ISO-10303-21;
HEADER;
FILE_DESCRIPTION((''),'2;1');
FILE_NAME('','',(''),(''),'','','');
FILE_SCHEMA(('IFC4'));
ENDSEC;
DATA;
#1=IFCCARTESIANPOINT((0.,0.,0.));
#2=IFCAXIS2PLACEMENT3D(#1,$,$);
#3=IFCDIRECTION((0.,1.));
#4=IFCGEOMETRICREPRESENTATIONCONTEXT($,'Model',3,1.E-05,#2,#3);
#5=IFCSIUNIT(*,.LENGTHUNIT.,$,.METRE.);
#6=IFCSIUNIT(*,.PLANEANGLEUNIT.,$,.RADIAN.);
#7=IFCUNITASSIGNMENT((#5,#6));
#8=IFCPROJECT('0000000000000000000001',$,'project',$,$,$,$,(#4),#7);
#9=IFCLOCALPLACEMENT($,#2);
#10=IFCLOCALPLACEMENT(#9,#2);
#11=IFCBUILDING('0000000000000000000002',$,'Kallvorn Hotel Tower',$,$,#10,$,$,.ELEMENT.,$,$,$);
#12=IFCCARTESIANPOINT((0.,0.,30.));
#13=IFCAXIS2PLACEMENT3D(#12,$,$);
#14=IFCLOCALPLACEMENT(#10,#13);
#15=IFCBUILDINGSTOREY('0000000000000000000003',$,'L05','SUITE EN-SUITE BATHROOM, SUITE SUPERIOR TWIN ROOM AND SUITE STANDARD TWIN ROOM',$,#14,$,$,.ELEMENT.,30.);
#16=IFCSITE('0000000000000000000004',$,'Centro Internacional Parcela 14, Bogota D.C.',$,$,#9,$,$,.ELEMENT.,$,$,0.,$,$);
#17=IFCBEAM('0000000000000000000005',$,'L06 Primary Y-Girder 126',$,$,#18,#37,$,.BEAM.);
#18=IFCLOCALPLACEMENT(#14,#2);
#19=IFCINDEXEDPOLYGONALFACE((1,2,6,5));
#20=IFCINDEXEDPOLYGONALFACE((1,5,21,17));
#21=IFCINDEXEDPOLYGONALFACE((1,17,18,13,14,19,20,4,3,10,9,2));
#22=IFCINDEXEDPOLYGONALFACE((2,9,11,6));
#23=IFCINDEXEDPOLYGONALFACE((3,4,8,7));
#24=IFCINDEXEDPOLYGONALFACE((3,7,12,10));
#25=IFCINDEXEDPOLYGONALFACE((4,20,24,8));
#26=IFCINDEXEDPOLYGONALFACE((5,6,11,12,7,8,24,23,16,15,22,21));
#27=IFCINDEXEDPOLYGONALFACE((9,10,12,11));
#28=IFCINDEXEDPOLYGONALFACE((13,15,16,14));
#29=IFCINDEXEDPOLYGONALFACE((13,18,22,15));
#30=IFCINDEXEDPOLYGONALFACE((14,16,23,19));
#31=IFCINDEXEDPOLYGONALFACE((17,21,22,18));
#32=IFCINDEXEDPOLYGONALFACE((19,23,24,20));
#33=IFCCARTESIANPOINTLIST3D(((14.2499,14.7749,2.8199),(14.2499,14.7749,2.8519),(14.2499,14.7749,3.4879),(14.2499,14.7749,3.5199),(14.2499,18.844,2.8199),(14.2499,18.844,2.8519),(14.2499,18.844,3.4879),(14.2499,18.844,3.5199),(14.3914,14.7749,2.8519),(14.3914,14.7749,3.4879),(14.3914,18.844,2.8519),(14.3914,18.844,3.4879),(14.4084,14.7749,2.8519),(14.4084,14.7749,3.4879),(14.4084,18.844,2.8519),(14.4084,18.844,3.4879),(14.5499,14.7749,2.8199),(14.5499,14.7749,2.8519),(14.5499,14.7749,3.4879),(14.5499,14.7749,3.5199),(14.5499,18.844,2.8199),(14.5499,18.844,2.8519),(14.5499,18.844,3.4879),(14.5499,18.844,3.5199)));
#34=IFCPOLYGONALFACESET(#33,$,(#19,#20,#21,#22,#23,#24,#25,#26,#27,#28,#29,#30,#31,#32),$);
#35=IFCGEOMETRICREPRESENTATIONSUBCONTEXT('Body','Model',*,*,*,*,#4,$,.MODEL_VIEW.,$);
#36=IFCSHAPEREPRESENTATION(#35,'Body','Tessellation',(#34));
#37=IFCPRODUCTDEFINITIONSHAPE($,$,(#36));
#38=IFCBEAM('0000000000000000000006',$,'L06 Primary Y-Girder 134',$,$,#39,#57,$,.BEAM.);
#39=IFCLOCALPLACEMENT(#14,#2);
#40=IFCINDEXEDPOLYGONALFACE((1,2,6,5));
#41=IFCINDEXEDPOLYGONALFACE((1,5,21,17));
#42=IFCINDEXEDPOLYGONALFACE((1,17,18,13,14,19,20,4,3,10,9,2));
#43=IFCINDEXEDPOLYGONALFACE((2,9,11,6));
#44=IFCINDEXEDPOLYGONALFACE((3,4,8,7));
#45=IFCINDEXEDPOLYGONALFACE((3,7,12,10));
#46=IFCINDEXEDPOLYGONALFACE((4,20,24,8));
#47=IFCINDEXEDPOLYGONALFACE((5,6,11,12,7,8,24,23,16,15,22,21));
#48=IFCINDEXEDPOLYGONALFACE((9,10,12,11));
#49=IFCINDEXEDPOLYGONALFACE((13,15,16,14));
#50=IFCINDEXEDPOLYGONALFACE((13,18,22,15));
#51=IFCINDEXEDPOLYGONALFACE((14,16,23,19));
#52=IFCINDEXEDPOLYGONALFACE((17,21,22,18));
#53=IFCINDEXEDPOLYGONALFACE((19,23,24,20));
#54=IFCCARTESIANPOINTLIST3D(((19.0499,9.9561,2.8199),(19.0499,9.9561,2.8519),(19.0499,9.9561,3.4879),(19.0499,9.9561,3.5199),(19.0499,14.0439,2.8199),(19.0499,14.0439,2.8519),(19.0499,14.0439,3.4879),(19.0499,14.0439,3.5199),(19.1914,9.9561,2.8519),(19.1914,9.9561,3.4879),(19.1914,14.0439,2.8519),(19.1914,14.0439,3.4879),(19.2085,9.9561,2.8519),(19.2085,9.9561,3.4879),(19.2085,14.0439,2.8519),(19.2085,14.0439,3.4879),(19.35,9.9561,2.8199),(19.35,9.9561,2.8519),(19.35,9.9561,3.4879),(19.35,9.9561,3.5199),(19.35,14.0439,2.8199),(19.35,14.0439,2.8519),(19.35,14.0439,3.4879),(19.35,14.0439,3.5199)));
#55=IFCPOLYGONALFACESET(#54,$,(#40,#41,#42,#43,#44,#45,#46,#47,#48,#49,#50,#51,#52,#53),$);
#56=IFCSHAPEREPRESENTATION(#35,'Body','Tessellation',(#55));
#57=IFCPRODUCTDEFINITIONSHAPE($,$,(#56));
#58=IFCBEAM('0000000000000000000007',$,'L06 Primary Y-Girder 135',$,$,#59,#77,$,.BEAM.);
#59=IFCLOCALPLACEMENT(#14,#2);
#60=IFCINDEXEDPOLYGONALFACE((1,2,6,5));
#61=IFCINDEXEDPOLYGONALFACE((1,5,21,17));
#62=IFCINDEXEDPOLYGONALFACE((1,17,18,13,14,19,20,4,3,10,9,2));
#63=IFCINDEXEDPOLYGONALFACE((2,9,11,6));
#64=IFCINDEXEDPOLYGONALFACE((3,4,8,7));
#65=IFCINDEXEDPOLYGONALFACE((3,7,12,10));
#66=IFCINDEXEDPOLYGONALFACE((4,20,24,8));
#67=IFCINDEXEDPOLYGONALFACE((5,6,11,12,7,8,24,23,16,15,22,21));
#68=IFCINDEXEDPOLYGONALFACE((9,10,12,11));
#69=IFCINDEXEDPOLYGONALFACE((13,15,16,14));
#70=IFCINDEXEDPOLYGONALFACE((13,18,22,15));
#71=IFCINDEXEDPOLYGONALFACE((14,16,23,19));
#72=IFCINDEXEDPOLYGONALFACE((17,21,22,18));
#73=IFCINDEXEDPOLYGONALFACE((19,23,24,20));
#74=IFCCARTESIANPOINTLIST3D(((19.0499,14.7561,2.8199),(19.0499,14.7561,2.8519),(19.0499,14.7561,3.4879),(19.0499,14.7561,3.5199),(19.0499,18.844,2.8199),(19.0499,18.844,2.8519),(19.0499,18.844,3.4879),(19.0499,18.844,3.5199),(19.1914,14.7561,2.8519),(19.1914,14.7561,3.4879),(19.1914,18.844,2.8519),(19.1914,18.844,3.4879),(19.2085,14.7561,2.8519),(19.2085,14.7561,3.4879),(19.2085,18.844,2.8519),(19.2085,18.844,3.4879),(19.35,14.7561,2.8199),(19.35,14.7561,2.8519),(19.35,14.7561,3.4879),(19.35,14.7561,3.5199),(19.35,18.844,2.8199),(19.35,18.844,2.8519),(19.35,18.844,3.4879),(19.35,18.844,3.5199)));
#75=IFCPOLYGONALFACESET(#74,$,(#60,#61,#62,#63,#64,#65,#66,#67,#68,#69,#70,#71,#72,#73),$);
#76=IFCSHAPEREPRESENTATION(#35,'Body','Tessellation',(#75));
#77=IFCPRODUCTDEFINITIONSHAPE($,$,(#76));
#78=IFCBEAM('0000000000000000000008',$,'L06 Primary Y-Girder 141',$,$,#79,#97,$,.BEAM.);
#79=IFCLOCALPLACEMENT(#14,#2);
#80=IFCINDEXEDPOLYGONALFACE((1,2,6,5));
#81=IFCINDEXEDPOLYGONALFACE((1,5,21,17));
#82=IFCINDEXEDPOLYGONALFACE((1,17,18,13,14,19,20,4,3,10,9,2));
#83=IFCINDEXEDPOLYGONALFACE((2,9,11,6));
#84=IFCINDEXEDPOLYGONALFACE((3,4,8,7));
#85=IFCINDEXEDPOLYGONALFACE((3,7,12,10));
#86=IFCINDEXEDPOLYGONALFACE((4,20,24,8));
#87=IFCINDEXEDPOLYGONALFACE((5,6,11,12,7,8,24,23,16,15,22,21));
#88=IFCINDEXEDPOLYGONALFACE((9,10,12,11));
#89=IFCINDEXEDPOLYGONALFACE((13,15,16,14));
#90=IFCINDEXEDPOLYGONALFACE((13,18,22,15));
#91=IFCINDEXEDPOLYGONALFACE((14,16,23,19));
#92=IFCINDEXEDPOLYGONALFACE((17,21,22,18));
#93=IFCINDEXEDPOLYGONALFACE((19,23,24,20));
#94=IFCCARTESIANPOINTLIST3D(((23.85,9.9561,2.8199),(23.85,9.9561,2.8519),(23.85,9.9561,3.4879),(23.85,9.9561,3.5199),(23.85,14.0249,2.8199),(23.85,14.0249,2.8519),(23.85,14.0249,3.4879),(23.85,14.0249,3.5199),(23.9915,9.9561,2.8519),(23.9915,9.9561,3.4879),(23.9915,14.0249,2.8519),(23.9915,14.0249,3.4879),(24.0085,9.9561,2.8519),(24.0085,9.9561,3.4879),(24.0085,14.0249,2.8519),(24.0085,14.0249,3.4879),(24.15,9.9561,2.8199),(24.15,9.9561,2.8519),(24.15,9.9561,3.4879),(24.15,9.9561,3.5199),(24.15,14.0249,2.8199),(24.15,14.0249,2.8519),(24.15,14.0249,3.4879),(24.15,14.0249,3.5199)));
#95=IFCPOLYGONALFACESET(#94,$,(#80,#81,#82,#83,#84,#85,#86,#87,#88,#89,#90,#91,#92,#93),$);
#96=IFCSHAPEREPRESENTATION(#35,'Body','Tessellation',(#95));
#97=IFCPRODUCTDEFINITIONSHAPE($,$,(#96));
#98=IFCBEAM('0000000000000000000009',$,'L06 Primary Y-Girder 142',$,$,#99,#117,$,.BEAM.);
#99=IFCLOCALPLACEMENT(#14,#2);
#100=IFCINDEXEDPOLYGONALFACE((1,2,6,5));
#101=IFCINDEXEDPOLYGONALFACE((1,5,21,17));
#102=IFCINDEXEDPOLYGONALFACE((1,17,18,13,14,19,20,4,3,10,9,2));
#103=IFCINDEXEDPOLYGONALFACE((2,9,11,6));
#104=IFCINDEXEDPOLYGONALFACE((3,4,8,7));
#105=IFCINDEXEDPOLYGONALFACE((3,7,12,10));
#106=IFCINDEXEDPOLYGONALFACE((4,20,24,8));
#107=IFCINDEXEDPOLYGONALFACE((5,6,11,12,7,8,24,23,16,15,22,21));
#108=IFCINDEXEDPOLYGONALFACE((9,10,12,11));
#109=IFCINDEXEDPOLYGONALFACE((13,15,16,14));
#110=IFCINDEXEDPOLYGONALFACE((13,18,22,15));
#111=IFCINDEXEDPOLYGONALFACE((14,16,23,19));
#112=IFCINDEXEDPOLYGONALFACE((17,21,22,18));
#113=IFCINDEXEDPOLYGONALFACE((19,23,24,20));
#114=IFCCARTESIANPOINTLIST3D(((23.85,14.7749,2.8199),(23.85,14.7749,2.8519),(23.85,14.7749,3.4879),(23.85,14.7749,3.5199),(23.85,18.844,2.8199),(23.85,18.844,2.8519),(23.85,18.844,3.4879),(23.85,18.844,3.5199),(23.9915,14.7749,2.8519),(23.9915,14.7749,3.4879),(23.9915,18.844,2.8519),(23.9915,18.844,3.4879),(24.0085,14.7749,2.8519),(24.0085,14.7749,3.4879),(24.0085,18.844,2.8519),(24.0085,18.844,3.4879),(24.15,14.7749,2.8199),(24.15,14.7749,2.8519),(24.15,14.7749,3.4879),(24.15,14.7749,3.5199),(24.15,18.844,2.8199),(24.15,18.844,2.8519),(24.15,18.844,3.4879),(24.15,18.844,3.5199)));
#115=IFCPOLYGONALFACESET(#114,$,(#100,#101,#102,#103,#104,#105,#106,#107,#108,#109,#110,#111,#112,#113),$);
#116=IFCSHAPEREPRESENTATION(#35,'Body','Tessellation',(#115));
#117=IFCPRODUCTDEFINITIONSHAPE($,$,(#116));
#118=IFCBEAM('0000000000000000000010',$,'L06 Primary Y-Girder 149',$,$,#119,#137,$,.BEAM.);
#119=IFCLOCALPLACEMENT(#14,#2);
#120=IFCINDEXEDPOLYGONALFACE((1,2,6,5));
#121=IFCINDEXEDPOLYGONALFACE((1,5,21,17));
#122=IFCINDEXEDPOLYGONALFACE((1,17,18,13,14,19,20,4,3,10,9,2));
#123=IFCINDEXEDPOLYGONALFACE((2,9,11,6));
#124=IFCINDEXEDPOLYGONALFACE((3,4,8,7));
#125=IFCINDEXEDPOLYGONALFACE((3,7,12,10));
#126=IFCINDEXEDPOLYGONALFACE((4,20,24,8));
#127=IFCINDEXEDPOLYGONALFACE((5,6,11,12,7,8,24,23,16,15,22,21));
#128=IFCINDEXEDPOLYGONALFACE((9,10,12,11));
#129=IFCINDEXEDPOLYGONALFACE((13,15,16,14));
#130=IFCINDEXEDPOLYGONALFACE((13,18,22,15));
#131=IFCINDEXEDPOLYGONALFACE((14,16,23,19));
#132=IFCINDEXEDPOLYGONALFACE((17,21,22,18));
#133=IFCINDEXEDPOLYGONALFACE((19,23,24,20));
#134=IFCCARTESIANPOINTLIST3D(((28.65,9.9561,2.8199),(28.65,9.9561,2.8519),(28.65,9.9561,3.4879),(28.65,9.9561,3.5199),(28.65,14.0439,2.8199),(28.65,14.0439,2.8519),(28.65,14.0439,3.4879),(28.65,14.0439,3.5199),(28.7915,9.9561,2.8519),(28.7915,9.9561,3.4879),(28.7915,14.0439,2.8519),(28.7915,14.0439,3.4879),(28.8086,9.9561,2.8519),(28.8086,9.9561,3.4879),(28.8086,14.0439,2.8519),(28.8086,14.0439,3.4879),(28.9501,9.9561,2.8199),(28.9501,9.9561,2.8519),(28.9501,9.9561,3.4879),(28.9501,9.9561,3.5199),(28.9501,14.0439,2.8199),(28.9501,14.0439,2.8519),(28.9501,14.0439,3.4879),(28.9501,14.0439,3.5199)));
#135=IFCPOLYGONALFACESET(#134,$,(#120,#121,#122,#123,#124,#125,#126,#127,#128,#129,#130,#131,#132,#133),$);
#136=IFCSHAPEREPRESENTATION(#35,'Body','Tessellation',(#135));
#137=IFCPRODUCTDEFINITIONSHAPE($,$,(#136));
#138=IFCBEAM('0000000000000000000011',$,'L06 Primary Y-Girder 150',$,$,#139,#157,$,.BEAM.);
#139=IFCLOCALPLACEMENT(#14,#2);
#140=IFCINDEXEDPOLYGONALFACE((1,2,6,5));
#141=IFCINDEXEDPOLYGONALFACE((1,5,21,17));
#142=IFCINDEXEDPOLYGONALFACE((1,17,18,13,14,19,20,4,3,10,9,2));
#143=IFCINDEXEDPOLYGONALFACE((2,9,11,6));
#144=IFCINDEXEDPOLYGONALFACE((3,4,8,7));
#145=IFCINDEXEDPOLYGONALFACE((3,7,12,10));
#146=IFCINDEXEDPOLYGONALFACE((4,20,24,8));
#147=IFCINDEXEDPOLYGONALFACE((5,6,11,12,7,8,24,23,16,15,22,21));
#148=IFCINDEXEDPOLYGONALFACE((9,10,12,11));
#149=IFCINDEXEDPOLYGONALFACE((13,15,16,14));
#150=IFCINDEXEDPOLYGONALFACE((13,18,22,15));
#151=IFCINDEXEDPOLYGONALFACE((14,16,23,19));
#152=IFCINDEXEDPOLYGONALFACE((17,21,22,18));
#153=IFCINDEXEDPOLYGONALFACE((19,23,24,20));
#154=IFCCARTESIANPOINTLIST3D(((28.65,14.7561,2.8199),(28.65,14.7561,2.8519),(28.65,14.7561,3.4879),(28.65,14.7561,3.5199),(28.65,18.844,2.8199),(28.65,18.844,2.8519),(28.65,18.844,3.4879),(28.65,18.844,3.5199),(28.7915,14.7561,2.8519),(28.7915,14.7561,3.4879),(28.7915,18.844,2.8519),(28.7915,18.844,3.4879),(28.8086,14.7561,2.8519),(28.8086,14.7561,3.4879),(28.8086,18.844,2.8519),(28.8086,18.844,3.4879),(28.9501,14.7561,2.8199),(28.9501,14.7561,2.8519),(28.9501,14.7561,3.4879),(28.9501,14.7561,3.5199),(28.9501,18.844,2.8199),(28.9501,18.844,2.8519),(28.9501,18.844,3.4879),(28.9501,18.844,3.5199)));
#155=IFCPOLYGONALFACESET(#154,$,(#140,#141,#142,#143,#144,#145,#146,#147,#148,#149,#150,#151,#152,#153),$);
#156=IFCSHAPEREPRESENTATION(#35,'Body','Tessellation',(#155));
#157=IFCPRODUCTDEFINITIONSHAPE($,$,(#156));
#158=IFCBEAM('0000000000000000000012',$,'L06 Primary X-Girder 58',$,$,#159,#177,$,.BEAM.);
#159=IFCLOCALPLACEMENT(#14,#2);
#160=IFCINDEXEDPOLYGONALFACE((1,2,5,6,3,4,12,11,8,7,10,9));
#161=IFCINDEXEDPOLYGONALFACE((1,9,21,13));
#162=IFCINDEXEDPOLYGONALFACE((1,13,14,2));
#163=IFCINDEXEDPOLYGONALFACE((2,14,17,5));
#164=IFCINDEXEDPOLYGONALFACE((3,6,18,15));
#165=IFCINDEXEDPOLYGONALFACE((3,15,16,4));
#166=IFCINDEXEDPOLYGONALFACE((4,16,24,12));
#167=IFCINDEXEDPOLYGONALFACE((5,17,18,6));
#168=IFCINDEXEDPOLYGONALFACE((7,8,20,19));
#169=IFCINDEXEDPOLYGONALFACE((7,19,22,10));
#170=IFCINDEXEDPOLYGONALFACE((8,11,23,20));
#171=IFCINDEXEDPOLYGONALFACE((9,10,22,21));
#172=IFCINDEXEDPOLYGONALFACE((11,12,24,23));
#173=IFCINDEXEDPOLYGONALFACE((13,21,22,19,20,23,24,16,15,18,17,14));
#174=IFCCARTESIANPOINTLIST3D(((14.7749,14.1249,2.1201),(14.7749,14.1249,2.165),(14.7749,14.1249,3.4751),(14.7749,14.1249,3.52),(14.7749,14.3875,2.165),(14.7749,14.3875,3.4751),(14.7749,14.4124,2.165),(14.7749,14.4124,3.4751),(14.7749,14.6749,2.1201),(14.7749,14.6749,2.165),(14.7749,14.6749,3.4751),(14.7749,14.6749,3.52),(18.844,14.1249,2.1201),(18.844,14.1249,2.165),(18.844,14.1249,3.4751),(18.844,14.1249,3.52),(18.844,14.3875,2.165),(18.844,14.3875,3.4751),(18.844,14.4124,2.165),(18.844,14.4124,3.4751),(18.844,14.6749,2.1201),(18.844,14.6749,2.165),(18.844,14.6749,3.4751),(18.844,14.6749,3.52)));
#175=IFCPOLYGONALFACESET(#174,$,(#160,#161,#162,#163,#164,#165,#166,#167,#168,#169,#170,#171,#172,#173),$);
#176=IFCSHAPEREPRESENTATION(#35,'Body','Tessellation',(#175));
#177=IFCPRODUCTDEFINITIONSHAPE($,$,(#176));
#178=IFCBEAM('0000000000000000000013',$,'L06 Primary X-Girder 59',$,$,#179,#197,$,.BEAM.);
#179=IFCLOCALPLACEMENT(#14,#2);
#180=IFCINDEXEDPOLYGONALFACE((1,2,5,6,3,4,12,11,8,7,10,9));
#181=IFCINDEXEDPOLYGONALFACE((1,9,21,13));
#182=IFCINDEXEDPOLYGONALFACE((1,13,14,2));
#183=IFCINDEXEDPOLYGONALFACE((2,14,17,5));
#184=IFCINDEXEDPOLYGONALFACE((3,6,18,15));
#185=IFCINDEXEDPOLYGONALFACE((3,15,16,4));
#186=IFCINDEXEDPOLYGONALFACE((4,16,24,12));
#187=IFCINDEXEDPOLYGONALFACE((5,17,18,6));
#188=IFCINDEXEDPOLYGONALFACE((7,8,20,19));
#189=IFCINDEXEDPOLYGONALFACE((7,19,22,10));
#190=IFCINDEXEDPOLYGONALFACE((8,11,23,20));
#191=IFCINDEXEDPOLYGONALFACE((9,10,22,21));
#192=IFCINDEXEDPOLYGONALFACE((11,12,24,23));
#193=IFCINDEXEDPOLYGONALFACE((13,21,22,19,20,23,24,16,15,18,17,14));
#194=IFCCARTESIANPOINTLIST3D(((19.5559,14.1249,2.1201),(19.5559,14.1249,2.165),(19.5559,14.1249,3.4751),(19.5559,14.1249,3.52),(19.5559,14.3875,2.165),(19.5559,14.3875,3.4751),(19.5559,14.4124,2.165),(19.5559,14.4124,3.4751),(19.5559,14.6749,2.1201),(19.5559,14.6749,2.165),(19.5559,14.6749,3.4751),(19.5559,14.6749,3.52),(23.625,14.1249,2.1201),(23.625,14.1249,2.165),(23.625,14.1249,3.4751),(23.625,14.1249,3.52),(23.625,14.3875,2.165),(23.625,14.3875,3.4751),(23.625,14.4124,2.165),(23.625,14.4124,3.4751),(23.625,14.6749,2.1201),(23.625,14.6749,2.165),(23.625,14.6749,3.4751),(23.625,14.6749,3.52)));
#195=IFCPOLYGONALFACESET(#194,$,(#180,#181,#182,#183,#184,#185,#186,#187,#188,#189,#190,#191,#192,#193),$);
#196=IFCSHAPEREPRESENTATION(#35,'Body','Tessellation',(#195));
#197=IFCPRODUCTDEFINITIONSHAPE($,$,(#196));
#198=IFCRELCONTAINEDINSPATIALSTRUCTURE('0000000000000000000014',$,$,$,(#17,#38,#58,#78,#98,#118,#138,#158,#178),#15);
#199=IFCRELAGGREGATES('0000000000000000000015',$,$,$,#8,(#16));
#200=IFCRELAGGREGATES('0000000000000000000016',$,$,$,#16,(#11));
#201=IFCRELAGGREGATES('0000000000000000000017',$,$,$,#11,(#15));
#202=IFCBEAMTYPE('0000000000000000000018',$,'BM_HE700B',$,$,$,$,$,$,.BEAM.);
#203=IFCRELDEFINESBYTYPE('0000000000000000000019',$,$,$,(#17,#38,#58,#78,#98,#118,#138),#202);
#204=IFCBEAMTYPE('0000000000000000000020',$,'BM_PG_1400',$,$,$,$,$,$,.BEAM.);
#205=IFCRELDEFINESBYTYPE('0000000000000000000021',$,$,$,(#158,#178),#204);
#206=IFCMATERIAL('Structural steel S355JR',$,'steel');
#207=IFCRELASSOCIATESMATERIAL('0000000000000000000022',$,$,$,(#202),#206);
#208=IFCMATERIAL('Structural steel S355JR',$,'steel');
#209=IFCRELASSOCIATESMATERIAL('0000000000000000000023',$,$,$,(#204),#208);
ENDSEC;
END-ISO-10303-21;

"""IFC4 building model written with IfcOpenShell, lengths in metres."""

from ifc_helpers import new_model, si_unit, direction, frame, origin, origin_2d, place, context, subcontext, project, spatial, i_section, extrude, material, material_profile, profile_set, type_object, element, save


model = new_model("IFC4")

# Units and contexts
model_context = context("Model", 3, precision=1e-05, world=origin(), true_north=direction((0.0, 1.0)))
body_context = subcontext(model_context, "Body", "Model", "MODEL_VIEW")
ifc_project = project(units=[si_unit("LENGTHUNIT", "METRE"), si_unit("PLANEANGLEUNIT", "RADIAN")], contexts=[model_context])

# Site, building, storey
site_placement = place(None, origin())
site = spatial("IfcSite", under=ifc_project, at=site_placement, Name="Centro Internacional Parcela 14, Bogota D.C.", CompositionType="ELEMENT", RefElevation=0.0)
building_placement = place(site_placement, origin())
building = spatial("IfcBuilding", under=site, at=building_placement, Name="Kallvorn Hotel Tower", CompositionType="ELEMENT")
storey_placement = place(building_placement, frame((0.0, 0.0, 30.0)))
storey = spatial("IfcBuildingStorey", under=building, at=storey_placement, Name="L05", Description="SUITE EN-SUITE BATHROOM, SUITE SUPERIOR TWIN ROOM AND SUITE STANDARD TWIN ROOM", CompositionType="ELEMENT", Elevation=30.0)

# Beams
ifc_material_1 = material(Name="Structural steel S355JR", Category="steel")
ifc_material_profile_1 = material_profile(ifc_material_1, i_section(OverallWidth=0.3, OverallDepth=0.7, WebThickness=0.0171, FlangeThickness=0.032, at=origin_2d()), Name="HE 700 B")
ifc_profile_set_1 = profile_set([ifc_material_profile_1], Name="Structural steel S355JR")
beam_type_1 = type_object("IfcBeamType", Name="BM_HE700B", PredefinedType="BEAM", material=ifc_profile_set_1)
beam_1_placement = place(storey_placement, frame((14.3999, 14.7749, 3.1699), z_axis=(0.0, 1.0, 0.0), x_axis=(-1.0, 0.0, 0.0)))
element("IfcBeam", 1, at=beam_1_placement, inside=storey, type_object=beam_type_1, Name="L06 Primary Y-Girder 126", PredefinedType="BEAM", context=body_context, shape_type="SweptSolid", body=[
    extrude(i_section(OverallWidth=0.3, OverallDepth=0.7, WebThickness=0.0171, FlangeThickness=0.032, at=origin_2d()), origin(), (0.0, 0.0, 1.0), 4.0691),
])
for number, where, z_axis, x_axis, name in (
    (2, (19.2, 9.9561, 3.1699), (0.0, 1.0, 0.0), (-1.0, 0.0, 0.0), "L06 Primary Y-Girder 134"),
    (3, (19.2, 14.7561, 3.1699), (0.0, 1.0, 0.0), (-1.0, 0.0, 0.0), "L06 Primary Y-Girder 135"),
):
    element("IfcBeam", number, at=place(storey_placement, frame(where, z_axis=z_axis, x_axis=x_axis)), inside=storey, type_object=beam_type_1, Name=name, PredefinedType="BEAM", context=body_context, shape_type="SweptSolid", body=[
        extrude(i_section(OverallWidth=0.3, OverallDepth=0.7, WebThickness=0.0171, FlangeThickness=0.032, at=origin_2d()), origin(), (0.0, 0.0, 1.0), 4.0879),
    ])
beam_2_placement = place(storey_placement, frame((24.0, 9.9561, 3.1699), z_axis=(0.0, 1.0, 0.0), x_axis=(-1.0, 0.0, 0.0)))
element("IfcBeam", 4, at=beam_2_placement, inside=storey, type_object=beam_type_1, Name="L06 Primary Y-Girder 141", PredefinedType="BEAM", context=body_context, shape_type="SweptSolid", body=[
    extrude(i_section(OverallWidth=0.3, OverallDepth=0.7, WebThickness=0.0171, FlangeThickness=0.032, at=origin_2d()), origin(), (0.0, 0.0, 1.0), 4.0688),
])
beam_3_placement = place(storey_placement, frame((24.0, 14.7749, 3.1699), z_axis=(0.0, 1.0, 0.0), x_axis=(-1.0, 0.0, 0.0)))
element("IfcBeam", 5, at=beam_3_placement, inside=storey, type_object=beam_type_1, Name="L06 Primary Y-Girder 142", PredefinedType="BEAM", context=body_context, shape_type="SweptSolid", body=[
    extrude(i_section(OverallWidth=0.3, OverallDepth=0.7, WebThickness=0.0171, FlangeThickness=0.032, at=origin_2d()), origin(), (0.0, 0.0, 1.0), 4.0691),
])
for number, where, z_axis, x_axis, name in (
    (6, (28.8, 9.9561, 3.1699), (0.0, 1.0, 0.0), (-1.0, 0.0, 0.0), "L06 Primary Y-Girder 149"),
    (7, (28.8, 14.7561, 3.1699), (0.0, 1.0, 0.0), (-1.0, 0.0, 0.0), "L06 Primary Y-Girder 150"),
):
    element("IfcBeam", number, at=place(storey_placement, frame(where, z_axis=z_axis, x_axis=x_axis)), inside=storey, type_object=beam_type_1, Name=name, PredefinedType="BEAM", context=body_context, shape_type="SweptSolid", body=[
        extrude(i_section(OverallWidth=0.3, OverallDepth=0.7, WebThickness=0.0171, FlangeThickness=0.032, at=origin_2d()), origin(), (0.0, 0.0, 1.0), 4.0879),
    ])
ifc_material_2 = material(Name="Structural steel S355JR", Category="steel")
ifc_material_profile_2 = material_profile(ifc_material_2, i_section(OverallWidth=0.55, OverallDepth=1.3999, WebThickness=0.0249, FlangeThickness=0.0449, at=origin_2d()), Name="PG 1400x550x25x45")
ifc_profile_set_2 = profile_set([ifc_material_profile_2], Name="Structural steel S355JR")
beam_type_2 = type_object("IfcBeamType", Name="BM_PG_1400", PredefinedType="BEAM", material=ifc_profile_set_2)
for number, where, z_axis, x_axis, name in (
    (8, (14.7749, 14.3999, 2.8201), (1.0, 0.0, 0.0), (0.0, 1.0, 0.0), "L06 Primary X-Girder 58"),
    (9, (19.5559, 14.3999, 2.8201), (1.0, 0.0, 0.0), (0.0, 1.0, 0.0), "L06 Primary X-Girder 59"),
):
    element("IfcBeam", number, at=place(storey_placement, frame(where, z_axis=z_axis, x_axis=x_axis)), inside=storey, type_object=beam_type_2, Name=name, PredefinedType="BEAM", context=body_context, shape_type="SweptSolid", body=[
        extrude(i_section(OverallWidth=0.55, OverallDepth=1.3999, WebThickness=0.0249, FlangeThickness=0.0449, at=origin_2d()), origin(), (0.0, 0.0, 1.0), 4.0691),
    ])

save(model, "model.ifc")
